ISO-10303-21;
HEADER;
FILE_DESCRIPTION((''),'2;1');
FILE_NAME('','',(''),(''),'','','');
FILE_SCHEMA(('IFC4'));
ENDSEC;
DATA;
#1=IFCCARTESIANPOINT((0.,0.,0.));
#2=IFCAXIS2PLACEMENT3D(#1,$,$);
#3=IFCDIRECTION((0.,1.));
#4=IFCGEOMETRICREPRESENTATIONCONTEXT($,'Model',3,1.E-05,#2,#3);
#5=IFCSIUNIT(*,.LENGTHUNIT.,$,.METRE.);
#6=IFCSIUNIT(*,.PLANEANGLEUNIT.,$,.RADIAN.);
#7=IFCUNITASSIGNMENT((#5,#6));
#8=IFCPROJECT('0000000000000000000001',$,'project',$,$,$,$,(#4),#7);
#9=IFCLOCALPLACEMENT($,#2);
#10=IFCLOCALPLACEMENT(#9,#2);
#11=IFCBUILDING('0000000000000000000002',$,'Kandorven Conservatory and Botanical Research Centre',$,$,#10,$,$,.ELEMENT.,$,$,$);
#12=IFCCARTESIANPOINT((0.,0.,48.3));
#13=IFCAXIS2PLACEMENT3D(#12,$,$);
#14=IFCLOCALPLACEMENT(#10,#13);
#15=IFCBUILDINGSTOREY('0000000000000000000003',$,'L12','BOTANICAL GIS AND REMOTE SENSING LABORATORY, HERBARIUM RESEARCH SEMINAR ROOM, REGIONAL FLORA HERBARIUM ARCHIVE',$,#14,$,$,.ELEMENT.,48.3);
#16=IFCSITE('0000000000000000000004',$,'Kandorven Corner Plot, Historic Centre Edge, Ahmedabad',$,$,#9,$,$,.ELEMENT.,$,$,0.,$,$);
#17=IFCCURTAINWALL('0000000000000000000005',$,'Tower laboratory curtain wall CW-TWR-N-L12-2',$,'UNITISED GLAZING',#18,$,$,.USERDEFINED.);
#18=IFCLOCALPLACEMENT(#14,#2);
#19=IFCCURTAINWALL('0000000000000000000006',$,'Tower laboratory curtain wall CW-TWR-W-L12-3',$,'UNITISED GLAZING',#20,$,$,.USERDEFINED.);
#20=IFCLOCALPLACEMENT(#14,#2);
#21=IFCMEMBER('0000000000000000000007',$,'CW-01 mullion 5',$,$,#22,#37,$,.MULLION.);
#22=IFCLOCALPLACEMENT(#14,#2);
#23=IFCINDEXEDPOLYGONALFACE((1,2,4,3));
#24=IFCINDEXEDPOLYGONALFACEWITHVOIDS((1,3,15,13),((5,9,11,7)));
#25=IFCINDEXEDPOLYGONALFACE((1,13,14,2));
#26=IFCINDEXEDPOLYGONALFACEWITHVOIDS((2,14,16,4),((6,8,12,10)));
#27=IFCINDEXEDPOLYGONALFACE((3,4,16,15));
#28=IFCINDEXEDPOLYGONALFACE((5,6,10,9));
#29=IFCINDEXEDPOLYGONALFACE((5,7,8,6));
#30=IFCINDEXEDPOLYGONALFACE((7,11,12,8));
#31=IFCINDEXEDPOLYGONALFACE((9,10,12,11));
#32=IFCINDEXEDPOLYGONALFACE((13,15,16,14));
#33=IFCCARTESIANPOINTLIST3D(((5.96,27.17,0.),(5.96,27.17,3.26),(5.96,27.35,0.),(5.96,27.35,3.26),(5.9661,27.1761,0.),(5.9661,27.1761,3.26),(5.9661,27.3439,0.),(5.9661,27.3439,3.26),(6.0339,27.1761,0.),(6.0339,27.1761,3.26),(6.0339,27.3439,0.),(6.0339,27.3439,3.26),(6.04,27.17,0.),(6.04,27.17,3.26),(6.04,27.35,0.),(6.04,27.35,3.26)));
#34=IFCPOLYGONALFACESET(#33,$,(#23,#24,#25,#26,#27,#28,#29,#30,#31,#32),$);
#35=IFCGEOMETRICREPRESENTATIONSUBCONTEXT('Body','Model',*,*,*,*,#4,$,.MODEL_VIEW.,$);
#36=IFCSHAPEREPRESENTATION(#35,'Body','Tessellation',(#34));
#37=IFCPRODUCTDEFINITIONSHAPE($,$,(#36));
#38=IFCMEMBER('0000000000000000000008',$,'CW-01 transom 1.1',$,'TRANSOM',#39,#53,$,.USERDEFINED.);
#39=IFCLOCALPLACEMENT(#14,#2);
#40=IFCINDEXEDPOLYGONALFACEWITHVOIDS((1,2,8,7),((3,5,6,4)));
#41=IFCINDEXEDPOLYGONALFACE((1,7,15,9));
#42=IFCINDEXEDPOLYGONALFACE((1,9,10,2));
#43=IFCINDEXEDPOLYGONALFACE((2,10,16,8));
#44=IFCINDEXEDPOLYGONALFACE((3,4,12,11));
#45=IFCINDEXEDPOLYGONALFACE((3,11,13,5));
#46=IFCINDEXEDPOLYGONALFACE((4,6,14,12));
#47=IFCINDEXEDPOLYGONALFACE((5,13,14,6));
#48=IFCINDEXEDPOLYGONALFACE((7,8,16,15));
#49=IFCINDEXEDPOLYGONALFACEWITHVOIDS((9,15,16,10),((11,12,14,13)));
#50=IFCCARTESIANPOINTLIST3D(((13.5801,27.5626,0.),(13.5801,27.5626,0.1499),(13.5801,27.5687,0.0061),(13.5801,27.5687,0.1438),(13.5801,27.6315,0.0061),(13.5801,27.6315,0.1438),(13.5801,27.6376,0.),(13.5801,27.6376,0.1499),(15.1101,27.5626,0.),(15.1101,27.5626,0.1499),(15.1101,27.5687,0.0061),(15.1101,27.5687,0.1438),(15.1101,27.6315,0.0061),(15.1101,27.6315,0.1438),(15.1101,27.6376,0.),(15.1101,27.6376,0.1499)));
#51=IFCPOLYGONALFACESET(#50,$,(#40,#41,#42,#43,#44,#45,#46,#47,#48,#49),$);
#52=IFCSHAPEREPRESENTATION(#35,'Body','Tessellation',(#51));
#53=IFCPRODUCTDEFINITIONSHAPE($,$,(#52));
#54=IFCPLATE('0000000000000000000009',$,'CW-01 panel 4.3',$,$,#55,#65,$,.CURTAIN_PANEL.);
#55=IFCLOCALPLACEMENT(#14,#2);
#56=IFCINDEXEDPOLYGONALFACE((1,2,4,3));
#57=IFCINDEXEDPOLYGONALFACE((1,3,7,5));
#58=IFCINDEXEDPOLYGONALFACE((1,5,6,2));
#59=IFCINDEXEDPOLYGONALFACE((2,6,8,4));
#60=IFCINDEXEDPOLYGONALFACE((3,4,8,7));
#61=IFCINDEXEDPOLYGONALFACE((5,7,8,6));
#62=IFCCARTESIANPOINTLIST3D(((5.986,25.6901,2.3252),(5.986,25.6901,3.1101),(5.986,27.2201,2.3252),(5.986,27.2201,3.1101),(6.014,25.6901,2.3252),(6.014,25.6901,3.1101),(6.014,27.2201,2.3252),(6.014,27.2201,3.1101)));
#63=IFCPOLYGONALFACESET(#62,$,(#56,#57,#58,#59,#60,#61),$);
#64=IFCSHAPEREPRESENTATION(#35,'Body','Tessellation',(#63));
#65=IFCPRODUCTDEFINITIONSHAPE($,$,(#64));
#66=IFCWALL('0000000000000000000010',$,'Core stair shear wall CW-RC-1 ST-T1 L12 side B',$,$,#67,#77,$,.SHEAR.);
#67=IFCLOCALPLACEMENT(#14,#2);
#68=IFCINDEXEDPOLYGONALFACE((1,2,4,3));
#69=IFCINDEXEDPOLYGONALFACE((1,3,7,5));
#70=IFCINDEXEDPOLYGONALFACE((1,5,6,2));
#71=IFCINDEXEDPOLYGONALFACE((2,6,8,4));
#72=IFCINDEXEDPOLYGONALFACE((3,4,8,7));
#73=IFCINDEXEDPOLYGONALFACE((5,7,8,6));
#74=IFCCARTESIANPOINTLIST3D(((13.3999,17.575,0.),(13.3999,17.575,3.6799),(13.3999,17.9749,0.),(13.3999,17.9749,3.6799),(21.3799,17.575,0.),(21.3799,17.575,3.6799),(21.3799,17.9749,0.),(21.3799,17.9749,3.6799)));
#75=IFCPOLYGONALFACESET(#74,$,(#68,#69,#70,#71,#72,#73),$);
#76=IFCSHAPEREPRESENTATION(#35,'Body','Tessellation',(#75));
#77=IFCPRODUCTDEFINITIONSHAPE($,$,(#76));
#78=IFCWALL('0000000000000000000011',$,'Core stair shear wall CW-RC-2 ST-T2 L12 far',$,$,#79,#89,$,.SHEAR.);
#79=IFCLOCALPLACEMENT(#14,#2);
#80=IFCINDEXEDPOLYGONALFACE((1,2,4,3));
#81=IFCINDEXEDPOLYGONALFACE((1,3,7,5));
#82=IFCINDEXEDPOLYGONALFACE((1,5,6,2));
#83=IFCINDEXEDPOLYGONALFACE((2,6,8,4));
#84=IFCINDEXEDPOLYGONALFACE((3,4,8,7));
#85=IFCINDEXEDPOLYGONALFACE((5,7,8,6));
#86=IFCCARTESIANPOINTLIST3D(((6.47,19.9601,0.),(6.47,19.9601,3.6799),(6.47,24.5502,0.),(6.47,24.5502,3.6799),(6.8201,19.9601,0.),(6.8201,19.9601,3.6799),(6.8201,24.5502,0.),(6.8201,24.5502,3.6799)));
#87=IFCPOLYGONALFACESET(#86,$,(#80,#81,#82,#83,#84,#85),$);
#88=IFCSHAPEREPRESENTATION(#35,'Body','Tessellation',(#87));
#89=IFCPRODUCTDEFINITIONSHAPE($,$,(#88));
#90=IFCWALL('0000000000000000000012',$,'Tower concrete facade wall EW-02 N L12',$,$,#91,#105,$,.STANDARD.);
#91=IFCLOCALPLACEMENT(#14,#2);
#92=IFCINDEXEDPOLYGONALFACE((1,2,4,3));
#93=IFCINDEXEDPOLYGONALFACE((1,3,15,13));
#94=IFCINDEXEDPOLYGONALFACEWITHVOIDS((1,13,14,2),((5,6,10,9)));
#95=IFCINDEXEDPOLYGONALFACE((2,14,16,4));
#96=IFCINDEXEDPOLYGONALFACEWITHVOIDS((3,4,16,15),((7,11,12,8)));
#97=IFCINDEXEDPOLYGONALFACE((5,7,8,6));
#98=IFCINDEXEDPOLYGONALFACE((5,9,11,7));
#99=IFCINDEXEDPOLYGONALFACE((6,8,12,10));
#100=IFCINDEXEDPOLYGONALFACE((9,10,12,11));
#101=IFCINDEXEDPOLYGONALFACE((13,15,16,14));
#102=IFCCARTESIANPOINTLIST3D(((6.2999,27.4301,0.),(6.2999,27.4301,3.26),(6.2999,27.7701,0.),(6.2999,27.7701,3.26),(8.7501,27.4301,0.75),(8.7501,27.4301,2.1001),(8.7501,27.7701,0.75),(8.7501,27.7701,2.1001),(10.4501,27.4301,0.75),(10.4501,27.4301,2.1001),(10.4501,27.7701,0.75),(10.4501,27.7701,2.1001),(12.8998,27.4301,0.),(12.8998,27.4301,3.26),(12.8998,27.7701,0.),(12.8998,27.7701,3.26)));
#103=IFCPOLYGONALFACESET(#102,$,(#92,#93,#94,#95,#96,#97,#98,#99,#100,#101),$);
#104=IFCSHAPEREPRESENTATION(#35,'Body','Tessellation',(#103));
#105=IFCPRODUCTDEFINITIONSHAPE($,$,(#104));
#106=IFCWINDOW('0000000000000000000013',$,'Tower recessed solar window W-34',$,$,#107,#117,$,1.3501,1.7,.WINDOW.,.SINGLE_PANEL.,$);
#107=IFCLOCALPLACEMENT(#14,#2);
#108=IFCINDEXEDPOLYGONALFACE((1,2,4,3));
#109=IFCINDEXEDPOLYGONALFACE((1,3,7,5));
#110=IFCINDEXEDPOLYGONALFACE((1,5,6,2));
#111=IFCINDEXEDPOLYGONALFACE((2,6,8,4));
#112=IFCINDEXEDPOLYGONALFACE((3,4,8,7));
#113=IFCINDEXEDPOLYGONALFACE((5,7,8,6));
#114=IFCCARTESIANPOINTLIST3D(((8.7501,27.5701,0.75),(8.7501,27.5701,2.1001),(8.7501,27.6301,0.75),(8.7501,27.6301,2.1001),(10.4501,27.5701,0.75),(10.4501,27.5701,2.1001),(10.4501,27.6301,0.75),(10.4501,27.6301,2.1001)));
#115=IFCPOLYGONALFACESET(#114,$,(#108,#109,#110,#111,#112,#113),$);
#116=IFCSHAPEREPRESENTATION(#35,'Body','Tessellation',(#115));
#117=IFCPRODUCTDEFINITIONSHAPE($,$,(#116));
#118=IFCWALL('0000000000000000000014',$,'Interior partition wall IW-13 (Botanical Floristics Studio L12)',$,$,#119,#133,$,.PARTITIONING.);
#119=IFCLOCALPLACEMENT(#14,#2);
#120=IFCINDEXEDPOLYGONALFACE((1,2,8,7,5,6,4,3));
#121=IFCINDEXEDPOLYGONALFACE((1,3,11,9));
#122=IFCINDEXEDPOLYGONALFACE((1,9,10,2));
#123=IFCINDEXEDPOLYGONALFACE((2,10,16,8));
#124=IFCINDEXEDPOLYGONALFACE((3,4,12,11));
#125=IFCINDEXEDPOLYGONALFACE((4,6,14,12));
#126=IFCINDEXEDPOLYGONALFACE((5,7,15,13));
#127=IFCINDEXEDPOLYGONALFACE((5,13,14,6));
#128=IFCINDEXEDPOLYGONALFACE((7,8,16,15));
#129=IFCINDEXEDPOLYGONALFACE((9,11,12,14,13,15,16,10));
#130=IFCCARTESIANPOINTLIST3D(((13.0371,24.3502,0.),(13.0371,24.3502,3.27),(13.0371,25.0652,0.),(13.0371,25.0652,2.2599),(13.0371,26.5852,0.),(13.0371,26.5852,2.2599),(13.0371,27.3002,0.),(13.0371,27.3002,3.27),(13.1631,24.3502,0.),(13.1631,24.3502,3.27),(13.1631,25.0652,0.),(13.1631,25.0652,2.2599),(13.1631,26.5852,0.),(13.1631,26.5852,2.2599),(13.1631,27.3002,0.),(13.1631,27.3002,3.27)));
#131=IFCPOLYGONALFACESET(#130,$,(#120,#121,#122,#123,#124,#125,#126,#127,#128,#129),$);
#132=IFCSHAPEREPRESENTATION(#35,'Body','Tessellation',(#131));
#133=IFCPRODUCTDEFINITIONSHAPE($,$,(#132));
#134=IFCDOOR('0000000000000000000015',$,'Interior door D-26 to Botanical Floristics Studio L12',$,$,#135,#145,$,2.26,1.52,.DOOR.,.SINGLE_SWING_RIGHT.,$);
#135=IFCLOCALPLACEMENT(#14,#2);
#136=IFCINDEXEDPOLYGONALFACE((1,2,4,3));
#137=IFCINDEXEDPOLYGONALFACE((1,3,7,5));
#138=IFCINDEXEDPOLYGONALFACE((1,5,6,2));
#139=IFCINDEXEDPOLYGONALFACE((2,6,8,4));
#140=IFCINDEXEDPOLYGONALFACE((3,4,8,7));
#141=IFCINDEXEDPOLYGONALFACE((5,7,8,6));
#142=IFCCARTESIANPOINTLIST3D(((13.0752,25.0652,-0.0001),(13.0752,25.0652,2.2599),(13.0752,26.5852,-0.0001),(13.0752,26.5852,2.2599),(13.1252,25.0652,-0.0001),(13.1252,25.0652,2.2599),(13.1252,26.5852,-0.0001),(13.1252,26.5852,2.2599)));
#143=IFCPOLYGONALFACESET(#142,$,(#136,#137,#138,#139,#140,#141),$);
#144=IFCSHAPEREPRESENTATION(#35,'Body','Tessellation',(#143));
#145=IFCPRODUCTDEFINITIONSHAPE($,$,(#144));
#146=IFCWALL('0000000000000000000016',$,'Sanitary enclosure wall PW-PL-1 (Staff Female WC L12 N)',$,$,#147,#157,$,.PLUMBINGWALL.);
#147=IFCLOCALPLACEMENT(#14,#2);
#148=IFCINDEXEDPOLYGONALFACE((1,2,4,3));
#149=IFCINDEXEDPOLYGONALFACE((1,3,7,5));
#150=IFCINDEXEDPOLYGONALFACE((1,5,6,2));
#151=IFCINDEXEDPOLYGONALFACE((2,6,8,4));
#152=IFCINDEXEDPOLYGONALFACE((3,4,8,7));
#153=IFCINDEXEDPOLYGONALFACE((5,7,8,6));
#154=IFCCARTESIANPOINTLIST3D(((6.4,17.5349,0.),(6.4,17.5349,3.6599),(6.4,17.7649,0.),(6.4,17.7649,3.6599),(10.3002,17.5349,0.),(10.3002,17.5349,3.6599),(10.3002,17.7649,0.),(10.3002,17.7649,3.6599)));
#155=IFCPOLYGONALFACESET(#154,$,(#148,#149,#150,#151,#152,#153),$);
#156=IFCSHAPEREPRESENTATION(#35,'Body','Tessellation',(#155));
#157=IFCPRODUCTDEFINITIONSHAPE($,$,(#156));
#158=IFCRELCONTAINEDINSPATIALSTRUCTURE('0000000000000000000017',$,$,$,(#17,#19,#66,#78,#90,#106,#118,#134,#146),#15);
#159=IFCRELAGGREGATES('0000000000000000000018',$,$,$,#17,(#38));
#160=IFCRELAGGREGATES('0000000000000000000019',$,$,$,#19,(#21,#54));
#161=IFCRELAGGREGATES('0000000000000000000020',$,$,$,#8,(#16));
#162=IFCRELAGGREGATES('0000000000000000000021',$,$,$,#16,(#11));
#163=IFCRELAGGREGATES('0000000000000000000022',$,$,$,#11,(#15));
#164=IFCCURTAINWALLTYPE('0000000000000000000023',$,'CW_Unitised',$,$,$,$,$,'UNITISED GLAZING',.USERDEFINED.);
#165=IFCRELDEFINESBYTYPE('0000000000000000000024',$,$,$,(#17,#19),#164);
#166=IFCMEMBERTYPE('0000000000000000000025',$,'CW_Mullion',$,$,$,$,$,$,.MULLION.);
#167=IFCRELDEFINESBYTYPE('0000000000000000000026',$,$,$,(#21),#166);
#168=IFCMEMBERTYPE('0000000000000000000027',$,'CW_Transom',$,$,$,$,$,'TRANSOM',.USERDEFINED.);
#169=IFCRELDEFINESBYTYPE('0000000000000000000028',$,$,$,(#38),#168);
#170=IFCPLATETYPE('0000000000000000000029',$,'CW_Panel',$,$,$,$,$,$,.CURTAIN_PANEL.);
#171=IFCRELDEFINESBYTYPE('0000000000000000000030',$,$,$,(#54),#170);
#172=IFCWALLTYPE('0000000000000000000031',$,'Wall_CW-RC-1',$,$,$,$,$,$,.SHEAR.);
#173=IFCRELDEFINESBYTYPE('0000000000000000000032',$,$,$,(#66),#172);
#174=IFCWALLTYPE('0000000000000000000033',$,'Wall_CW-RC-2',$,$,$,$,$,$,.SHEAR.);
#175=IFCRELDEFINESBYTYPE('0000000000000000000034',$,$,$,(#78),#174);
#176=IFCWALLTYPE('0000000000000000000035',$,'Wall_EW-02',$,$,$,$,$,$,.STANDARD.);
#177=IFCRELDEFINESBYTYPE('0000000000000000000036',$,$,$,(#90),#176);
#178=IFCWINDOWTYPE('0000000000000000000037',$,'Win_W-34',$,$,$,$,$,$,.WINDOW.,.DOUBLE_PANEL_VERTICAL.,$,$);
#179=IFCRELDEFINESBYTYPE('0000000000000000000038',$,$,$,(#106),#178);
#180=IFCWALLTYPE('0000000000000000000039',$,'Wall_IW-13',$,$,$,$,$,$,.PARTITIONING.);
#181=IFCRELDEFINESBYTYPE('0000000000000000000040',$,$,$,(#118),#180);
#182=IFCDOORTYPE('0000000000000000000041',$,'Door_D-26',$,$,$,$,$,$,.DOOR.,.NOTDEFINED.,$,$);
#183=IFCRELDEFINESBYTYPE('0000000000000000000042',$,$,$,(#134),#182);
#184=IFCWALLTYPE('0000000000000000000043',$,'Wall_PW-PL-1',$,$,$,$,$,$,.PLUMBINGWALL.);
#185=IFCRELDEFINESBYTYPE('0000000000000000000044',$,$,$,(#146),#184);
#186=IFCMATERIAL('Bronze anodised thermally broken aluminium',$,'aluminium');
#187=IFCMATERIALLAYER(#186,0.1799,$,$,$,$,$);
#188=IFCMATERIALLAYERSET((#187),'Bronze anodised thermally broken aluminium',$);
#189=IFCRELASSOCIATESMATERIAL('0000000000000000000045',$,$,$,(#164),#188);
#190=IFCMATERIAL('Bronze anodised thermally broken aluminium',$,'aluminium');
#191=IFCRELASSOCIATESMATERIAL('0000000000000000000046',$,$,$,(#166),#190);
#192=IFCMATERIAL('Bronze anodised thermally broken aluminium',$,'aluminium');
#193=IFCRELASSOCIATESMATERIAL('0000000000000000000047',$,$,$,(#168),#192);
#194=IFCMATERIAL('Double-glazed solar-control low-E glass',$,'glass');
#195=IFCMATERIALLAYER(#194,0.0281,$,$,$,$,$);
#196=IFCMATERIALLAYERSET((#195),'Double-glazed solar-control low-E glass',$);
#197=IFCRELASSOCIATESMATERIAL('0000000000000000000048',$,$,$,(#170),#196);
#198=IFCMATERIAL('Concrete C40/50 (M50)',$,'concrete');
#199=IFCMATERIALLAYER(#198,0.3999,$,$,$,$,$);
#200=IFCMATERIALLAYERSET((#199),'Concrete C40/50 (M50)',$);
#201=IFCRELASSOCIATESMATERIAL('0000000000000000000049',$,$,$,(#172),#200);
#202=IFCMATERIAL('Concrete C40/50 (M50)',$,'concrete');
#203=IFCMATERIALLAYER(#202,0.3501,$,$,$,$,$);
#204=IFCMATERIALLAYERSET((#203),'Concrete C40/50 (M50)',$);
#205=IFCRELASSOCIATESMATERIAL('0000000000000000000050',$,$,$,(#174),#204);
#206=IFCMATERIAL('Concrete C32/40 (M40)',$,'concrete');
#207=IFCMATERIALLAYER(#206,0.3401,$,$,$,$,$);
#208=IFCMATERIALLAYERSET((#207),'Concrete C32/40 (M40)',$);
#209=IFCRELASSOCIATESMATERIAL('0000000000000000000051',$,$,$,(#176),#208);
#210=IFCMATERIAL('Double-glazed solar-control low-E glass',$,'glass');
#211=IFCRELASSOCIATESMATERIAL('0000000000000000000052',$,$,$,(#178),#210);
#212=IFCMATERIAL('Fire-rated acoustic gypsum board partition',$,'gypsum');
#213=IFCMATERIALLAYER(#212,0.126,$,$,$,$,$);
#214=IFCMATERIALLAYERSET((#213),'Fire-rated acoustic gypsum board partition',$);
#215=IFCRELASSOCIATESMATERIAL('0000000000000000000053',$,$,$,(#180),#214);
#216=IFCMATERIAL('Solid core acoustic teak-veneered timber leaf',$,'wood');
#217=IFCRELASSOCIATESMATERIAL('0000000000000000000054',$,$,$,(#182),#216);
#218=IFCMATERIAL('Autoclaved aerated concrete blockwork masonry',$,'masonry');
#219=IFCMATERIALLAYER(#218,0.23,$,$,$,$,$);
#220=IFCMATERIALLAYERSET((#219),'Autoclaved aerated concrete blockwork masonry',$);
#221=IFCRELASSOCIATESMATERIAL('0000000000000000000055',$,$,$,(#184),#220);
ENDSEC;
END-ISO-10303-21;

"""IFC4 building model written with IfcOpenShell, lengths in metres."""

from ifc_helpers import new_model, si_unit, direction, frame, frame_2d, origin, origin_2d, place, context, subcontext, project, spatial, rectangle, hollow_rectangle, extrude, material, layer, layer_set, material_profile, profile_set, type_object, element, fill, aggregate, save


model = new_model("IFC4")

# Units and contexts
model_context = context("Model", 3, precision=1e-05, world=origin(), true_north=direction((0.0, 1.0)))
body_context = subcontext(model_context, "Body", "Model", "MODEL_VIEW")
ifc_project = project(units=[si_unit("LENGTHUNIT", "METRE"), si_unit("PLANEANGLEUNIT", "RADIAN")], contexts=[model_context])

# Site, building, storey
site_placement = place(None, origin())
site = spatial("IfcSite", under=ifc_project, at=site_placement, Name="Kandorven Corner Plot, Historic Centre Edge, Ahmedabad", CompositionType="ELEMENT", RefElevation=0.0)
building_placement = place(site_placement, origin())
building = spatial("IfcBuilding", under=site, at=building_placement, Name="Kandorven Conservatory and Botanical Research Centre", CompositionType="ELEMENT")
storey_placement = place(building_placement, frame((0.0, 0.0, 48.3)))
storey = spatial("IfcBuildingStorey", under=building, at=storey_placement, Name="L12", Description="BOTANICAL GIS AND REMOTE SENSING LABORATORY, HERBARIUM RESEARCH SEMINAR ROOM, REGIONAL FLORA HERBARIUM ARCHIVE", CompositionType="ELEMENT", Elevation=48.3)

# Curtain walls, member
ifc_material_1 = material(Name="Bronze anodised thermally broken aluminium", Category="aluminium")
ifc_layer_1 = layer(ifc_material_1, 0.1799)
ifc_layer_set_1 = layer_set([ifc_layer_1], Name="Bronze anodised thermally broken aluminium")
curtain_wall_type = type_object("IfcCurtainWallType", Name="CW_Unitised", ElementType="UNITISED GLAZING", PredefinedType="USERDEFINED", material=ifc_layer_set_1)
curtain_wall_1_placement = place(storey_placement, origin())
curtain_wall_1 = element("IfcCurtainWall", 1, at=curtain_wall_1_placement, inside=storey, type_object=curtain_wall_type, Name="Tower laboratory curtain wall CW-TWR-N-L12-2", ObjectType="UNITISED GLAZING", PredefinedType="USERDEFINED")
ifc_material_2 = material(Name="Bronze anodised thermally broken aluminium", Category="aluminium")
ifc_material_profile_1 = material_profile(ifc_material_2, hollow_rectangle(XDim=0.0801, YDim=0.1799, WallThickness=0.0061, at=origin_2d()))
ifc_profile_set_1 = profile_set([ifc_material_profile_1], Name="Bronze anodised thermally broken aluminium")
member_type_1 = type_object("IfcMemberType", Name="CW_Mullion", PredefinedType="MULLION", material=ifc_profile_set_1)
curtain_wall_2_placement = place(storey_placement, origin())
curtain_wall_2 = element("IfcCurtainWall", 2, at=curtain_wall_2_placement, inside=storey, type_object=curtain_wall_type, Name="Tower laboratory curtain wall CW-TWR-W-L12-3", ObjectType="UNITISED GLAZING", PredefinedType="USERDEFINED")
member_1_placement = place(storey_placement, frame((6.0, 27.26, 0.0), z_axis=(0.0, 0.0, 1.0), x_axis=(-1.0, 0.0, 0.0)))
member_1 = element("IfcMember", 3, at=member_1_placement, type_object=member_type_1, Name="CW-01 mullion 5", PredefinedType="MULLION", context=body_context, shape_type="SweptSolid", body=[
    extrude(hollow_rectangle(XDim=0.0801, YDim=0.1799, WallThickness=0.0061, at=origin_2d()), origin(), (0.0, 0.0, 1.0), 3.26),
])

# Member
ifc_material_3 = material(Name="Bronze anodised thermally broken aluminium", Category="aluminium")
ifc_material_profile_2 = material_profile(ifc_material_3, hollow_rectangle(XDim=0.075, YDim=0.1499, WallThickness=0.0061, at=origin_2d()))
ifc_profile_set_2 = profile_set([ifc_material_profile_2], Name="Bronze anodised thermally broken aluminium")
member_type_2 = type_object("IfcMemberType", Name="CW_Transom", ElementType="TRANSOM", PredefinedType="USERDEFINED", material=ifc_profile_set_2)
member_2_placement = place(storey_placement, frame((13.5801, 27.6001, 0.075), z_axis=(1.0, 0.0, 0.0), x_axis=(0.0, 1.0, 0.0)))
member_2 = element("IfcMember", 4, at=member_2_placement, type_object=member_type_2, Name="CW-01 transom 1.1", ObjectType="TRANSOM", PredefinedType="USERDEFINED", context=body_context, shape_type="SweptSolid", body=[
    extrude(hollow_rectangle(XDim=0.075, YDim=0.1499, WallThickness=0.0061, at=origin_2d()), origin(), (0.0, 0.0, 1.0), 1.53),
])
aggregate(curtain_wall_1, [member_2])

# Plate
ifc_material_4 = material(Name="Double-glazed solar-control low-E glass", Category="glass")
ifc_layer_2 = layer(ifc_material_4, 0.0281)
ifc_layer_set_2 = layer_set([ifc_layer_2], Name="Double-glazed solar-control low-E glass")
plate_type = type_object("IfcPlateType", Name="CW_Panel", PredefinedType="CURTAIN_PANEL", material=ifc_layer_set_2)
plate_placement = place(storey_placement, frame((6.0, 26.4551, 2.3252), z_axis=(0.0, 0.0, 1.0), x_axis=(0.0, 1.0, 0.0)))
plate = element("IfcPlate", 5, at=plate_placement, type_object=plate_type, Name="CW-01 panel 4.3", PredefinedType="CURTAIN_PANEL", context=body_context, shape_type="SweptSolid", body=[
    extrude(rectangle(XDim=1.53, YDim=0.0281, at=origin_2d()), origin(), (0.0, 0.0, 1.0), 0.7849),
])
aggregate(curtain_wall_2, [member_1, plate])

# Walls
ifc_material_5 = material(Name="Concrete C40/50 (M50)", Category="concrete")
ifc_layer_3 = layer(ifc_material_5, 0.3999)
ifc_layer_set_3 = layer_set([ifc_layer_3], Name="Concrete C40/50 (M50)")
wall_type_1 = type_object("IfcWallType", Name="Wall_CW-RC-1", PredefinedType="SHEAR", material=ifc_layer_set_3)
wall_1_placement = place(storey_placement, frame((13.3999, 17.7749, 0.0), z_axis=(0.0, 0.0, 1.0), x_axis=(1.0, 0.0, 0.0)))
element("IfcWall", 6, at=wall_1_placement, inside=storey, type_object=wall_type_1, Name="Core stair shear wall CW-RC-1 ST-T1 L12 side B", PredefinedType="SHEAR", context=body_context, shape_type="SweptSolid", body=[
    extrude(rectangle(XDim=7.98, YDim=0.3999, at=frame_2d((3.99, 0.0))), origin(), (0.0, 0.0, 1.0), 3.6799),
])
ifc_material_6 = material(Name="Concrete C40/50 (M50)", Category="concrete")
ifc_layer_4 = layer(ifc_material_6, 0.3501)
ifc_layer_set_4 = layer_set([ifc_layer_4], Name="Concrete C40/50 (M50)")
wall_type_2 = type_object("IfcWallType", Name="Wall_CW-RC-2", PredefinedType="SHEAR", material=ifc_layer_set_4)
wall_2_placement = place(storey_placement, frame((6.645, 24.55, 0.0), z_axis=(0.0, 0.0, 1.0), x_axis=(0.0, -1.0, 0.0)))
element("IfcWall", 7, at=wall_2_placement, inside=storey, type_object=wall_type_2, Name="Core stair shear wall CW-RC-2 ST-T2 L12 far", PredefinedType="SHEAR", context=body_context, shape_type="SweptSolid", body=[
    extrude(rectangle(XDim=4.5901, YDim=0.3501, at=frame_2d((2.2949, 0.0))), origin(), (0.0, 0.0, 1.0), 3.6799),
])

# Wall, opening, window
ifc_material_7 = material(Name="Concrete C32/40 (M40)", Category="concrete")
ifc_layer_5 = layer(ifc_material_7, 0.3401)
ifc_layer_set_5 = layer_set([ifc_layer_5], Name="Concrete C32/40 (M40)")
wall_type_3 = type_object("IfcWallType", Name="Wall_EW-02", PredefinedType="STANDARD", material=ifc_layer_set_5)
wall_3_placement = place(storey_placement, frame((6.3, 27.6001, 0.0), z_axis=(0.0, 0.0, 1.0), x_axis=(1.0, 0.0, 0.0)))
wall_3 = element("IfcWall", 8, at=wall_3_placement, inside=storey, type_object=wall_type_3, Name="Tower concrete facade wall EW-02 N L12", PredefinedType="STANDARD", context=body_context, shape_type="SweptSolid", body=[
    extrude(rectangle(XDim=6.5999, YDim=0.3401, at=frame_2d((3.2998, 0.0))), origin(), (0.0, 0.0, 1.0), 3.26),
])
opening_1_placement = place(wall_3_placement, frame((2.45, 0.0, 0.75)))
opening_1 = element("IfcOpeningElement", 9, at=opening_1_placement, cuts=wall_3, PredefinedType="OPENING", context=body_context, shape_type="SweptSolid", body=[
    extrude(rectangle(XDim=1.7, YDim=1.3501, at=frame_2d((0.8501, 0.675))), frame((0.0, 0.1799, 0.0), z_axis=(0.0, -1.0, 0.0), x_axis=(1.0, 0.0, 0.0)), (0.0, 0.0, 1.0), 0.3601),
])
ifc_material_8 = material(Name="Double-glazed solar-control low-E glass", Category="glass")
window_type = type_object("IfcWindowType", Name="Win_W-34", PartitioningType="DOUBLE_PANEL_VERTICAL", PredefinedType="WINDOW", material=ifc_material_8)
window_placement = place(opening_1_placement, origin())
window = element("IfcWindow", 10, at=window_placement, inside=storey, type_object=window_type, Name="Tower recessed solar window W-34", OverallHeight=1.3501, OverallWidth=1.7, PartitioningType="SINGLE_PANEL", PredefinedType="WINDOW", context=body_context, shape_type="SweptSolid", body=[
    extrude(rectangle(XDim=1.7, YDim=1.3501, at=frame_2d((0.8501, 0.675))), frame((0.0, 0.03, 0.0), z_axis=(0.0, -1.0, 0.0), x_axis=(1.0, 0.0, 0.0)), (0.0, 0.0, 1.0), 0.0601),
])
fill(opening_1, window)

# Wall, opening, door
ifc_material_9 = material(Name="Fire-rated acoustic gypsum board partition", Category="gypsum")
ifc_layer_6 = layer(ifc_material_9, 0.126)
ifc_layer_set_6 = layer_set([ifc_layer_6], Name="Fire-rated acoustic gypsum board partition")
wall_type_4 = type_object("IfcWallType", Name="Wall_IW-13", PredefinedType="PARTITIONING", material=ifc_layer_set_6)
wall_4_placement = place(storey_placement, frame((13.1001, 24.3501, 0.0), z_axis=(0.0, 0.0, 1.0), x_axis=(0.0, 1.0, 0.0)))
wall_4 = element("IfcWall", 11, at=wall_4_placement, inside=storey, type_object=wall_type_4, Name="Interior partition wall IW-13 (Botanical Floristics Studio L12)", PredefinedType="PARTITIONING", context=body_context, shape_type="SweptSolid", body=[
    extrude(rectangle(XDim=2.95, YDim=0.126, at=frame_2d((1.4751, 0.0))), origin(), (0.0, 0.0, 1.0), 3.27),
])
opening_2_placement = place(wall_4_placement, frame((0.7151, 0.0, 0.0)))
opening_2 = element("IfcOpeningElement", 12, at=opening_2_placement, cuts=wall_4, PredefinedType="OPENING", context=body_context, shape_type="SweptSolid", body=[
    extrude(rectangle(XDim=1.52, YDim=2.26, at=frame_2d((0.76, 1.1299))), frame((0.0, 0.073, 0.0), z_axis=(0.0, -1.0, 0.0), x_axis=(1.0, 0.0, 0.0)), (0.0, 0.0, 1.0), 0.146),
])
ifc_material_10 = material(Name="Solid core acoustic teak-veneered timber leaf", Category="wood")
door_type_1 = type_object("IfcDoorType", Name="Door_D-26", OperationType="NOTDEFINED", PredefinedType="DOOR", material=ifc_material_10)
door_1_placement = place(opening_2_placement, origin())
door_1 = element("IfcDoor", 13, at=door_1_placement, inside=storey, type_object=door_type_1, Name="Interior door D-26 to Botanical Floristics Studio L12", OperationType="SINGLE_SWING_RIGHT", OverallHeight=2.26, OverallWidth=1.52, PredefinedType="DOOR", context=body_context, shape_type="SweptSolid", body=[
    extrude(rectangle(XDim=1.52, YDim=2.26, at=frame_2d((0.76, 1.1299))), frame((0.0, 0.0249, 0.0), z_axis=(0.0, -1.0, 0.0), x_axis=(1.0, 0.0, 0.0)), (0.0, 0.0, 1.0), 0.05),
])
fill(opening_2, door_1)

# Wall
ifc_material_11 = material(Name="Autoclaved aerated concrete blockwork masonry", Category="masonry")
ifc_layer_7 = layer(ifc_material_11, 0.23)
ifc_layer_set_7 = layer_set([ifc_layer_7], Name="Autoclaved aerated concrete blockwork masonry")
wall_type_5 = type_object("IfcWallType", Name="Wall_PW-PL-1", PredefinedType="PLUMBINGWALL", material=ifc_layer_set_7)
wall_5_placement = place(storey_placement, frame((6.3999, 17.6499, 0.0), z_axis=(0.0, 0.0, 1.0), x_axis=(1.0, 0.0, 0.0)))
element("IfcWall", 14, at=wall_5_placement, inside=storey, type_object=wall_type_5, Name="Sanitary enclosure wall PW-PL-1 (Staff Female WC L12 N)", PredefinedType="PLUMBINGWALL", context=body_context, shape_type="SweptSolid", body=[
    extrude(rectangle(XDim=3.9001, YDim=0.23, at=frame_2d((1.9502, 0.0))), origin(), (0.0, 0.0, 1.0), 3.6599),
])

save(model, "model.ifc")
